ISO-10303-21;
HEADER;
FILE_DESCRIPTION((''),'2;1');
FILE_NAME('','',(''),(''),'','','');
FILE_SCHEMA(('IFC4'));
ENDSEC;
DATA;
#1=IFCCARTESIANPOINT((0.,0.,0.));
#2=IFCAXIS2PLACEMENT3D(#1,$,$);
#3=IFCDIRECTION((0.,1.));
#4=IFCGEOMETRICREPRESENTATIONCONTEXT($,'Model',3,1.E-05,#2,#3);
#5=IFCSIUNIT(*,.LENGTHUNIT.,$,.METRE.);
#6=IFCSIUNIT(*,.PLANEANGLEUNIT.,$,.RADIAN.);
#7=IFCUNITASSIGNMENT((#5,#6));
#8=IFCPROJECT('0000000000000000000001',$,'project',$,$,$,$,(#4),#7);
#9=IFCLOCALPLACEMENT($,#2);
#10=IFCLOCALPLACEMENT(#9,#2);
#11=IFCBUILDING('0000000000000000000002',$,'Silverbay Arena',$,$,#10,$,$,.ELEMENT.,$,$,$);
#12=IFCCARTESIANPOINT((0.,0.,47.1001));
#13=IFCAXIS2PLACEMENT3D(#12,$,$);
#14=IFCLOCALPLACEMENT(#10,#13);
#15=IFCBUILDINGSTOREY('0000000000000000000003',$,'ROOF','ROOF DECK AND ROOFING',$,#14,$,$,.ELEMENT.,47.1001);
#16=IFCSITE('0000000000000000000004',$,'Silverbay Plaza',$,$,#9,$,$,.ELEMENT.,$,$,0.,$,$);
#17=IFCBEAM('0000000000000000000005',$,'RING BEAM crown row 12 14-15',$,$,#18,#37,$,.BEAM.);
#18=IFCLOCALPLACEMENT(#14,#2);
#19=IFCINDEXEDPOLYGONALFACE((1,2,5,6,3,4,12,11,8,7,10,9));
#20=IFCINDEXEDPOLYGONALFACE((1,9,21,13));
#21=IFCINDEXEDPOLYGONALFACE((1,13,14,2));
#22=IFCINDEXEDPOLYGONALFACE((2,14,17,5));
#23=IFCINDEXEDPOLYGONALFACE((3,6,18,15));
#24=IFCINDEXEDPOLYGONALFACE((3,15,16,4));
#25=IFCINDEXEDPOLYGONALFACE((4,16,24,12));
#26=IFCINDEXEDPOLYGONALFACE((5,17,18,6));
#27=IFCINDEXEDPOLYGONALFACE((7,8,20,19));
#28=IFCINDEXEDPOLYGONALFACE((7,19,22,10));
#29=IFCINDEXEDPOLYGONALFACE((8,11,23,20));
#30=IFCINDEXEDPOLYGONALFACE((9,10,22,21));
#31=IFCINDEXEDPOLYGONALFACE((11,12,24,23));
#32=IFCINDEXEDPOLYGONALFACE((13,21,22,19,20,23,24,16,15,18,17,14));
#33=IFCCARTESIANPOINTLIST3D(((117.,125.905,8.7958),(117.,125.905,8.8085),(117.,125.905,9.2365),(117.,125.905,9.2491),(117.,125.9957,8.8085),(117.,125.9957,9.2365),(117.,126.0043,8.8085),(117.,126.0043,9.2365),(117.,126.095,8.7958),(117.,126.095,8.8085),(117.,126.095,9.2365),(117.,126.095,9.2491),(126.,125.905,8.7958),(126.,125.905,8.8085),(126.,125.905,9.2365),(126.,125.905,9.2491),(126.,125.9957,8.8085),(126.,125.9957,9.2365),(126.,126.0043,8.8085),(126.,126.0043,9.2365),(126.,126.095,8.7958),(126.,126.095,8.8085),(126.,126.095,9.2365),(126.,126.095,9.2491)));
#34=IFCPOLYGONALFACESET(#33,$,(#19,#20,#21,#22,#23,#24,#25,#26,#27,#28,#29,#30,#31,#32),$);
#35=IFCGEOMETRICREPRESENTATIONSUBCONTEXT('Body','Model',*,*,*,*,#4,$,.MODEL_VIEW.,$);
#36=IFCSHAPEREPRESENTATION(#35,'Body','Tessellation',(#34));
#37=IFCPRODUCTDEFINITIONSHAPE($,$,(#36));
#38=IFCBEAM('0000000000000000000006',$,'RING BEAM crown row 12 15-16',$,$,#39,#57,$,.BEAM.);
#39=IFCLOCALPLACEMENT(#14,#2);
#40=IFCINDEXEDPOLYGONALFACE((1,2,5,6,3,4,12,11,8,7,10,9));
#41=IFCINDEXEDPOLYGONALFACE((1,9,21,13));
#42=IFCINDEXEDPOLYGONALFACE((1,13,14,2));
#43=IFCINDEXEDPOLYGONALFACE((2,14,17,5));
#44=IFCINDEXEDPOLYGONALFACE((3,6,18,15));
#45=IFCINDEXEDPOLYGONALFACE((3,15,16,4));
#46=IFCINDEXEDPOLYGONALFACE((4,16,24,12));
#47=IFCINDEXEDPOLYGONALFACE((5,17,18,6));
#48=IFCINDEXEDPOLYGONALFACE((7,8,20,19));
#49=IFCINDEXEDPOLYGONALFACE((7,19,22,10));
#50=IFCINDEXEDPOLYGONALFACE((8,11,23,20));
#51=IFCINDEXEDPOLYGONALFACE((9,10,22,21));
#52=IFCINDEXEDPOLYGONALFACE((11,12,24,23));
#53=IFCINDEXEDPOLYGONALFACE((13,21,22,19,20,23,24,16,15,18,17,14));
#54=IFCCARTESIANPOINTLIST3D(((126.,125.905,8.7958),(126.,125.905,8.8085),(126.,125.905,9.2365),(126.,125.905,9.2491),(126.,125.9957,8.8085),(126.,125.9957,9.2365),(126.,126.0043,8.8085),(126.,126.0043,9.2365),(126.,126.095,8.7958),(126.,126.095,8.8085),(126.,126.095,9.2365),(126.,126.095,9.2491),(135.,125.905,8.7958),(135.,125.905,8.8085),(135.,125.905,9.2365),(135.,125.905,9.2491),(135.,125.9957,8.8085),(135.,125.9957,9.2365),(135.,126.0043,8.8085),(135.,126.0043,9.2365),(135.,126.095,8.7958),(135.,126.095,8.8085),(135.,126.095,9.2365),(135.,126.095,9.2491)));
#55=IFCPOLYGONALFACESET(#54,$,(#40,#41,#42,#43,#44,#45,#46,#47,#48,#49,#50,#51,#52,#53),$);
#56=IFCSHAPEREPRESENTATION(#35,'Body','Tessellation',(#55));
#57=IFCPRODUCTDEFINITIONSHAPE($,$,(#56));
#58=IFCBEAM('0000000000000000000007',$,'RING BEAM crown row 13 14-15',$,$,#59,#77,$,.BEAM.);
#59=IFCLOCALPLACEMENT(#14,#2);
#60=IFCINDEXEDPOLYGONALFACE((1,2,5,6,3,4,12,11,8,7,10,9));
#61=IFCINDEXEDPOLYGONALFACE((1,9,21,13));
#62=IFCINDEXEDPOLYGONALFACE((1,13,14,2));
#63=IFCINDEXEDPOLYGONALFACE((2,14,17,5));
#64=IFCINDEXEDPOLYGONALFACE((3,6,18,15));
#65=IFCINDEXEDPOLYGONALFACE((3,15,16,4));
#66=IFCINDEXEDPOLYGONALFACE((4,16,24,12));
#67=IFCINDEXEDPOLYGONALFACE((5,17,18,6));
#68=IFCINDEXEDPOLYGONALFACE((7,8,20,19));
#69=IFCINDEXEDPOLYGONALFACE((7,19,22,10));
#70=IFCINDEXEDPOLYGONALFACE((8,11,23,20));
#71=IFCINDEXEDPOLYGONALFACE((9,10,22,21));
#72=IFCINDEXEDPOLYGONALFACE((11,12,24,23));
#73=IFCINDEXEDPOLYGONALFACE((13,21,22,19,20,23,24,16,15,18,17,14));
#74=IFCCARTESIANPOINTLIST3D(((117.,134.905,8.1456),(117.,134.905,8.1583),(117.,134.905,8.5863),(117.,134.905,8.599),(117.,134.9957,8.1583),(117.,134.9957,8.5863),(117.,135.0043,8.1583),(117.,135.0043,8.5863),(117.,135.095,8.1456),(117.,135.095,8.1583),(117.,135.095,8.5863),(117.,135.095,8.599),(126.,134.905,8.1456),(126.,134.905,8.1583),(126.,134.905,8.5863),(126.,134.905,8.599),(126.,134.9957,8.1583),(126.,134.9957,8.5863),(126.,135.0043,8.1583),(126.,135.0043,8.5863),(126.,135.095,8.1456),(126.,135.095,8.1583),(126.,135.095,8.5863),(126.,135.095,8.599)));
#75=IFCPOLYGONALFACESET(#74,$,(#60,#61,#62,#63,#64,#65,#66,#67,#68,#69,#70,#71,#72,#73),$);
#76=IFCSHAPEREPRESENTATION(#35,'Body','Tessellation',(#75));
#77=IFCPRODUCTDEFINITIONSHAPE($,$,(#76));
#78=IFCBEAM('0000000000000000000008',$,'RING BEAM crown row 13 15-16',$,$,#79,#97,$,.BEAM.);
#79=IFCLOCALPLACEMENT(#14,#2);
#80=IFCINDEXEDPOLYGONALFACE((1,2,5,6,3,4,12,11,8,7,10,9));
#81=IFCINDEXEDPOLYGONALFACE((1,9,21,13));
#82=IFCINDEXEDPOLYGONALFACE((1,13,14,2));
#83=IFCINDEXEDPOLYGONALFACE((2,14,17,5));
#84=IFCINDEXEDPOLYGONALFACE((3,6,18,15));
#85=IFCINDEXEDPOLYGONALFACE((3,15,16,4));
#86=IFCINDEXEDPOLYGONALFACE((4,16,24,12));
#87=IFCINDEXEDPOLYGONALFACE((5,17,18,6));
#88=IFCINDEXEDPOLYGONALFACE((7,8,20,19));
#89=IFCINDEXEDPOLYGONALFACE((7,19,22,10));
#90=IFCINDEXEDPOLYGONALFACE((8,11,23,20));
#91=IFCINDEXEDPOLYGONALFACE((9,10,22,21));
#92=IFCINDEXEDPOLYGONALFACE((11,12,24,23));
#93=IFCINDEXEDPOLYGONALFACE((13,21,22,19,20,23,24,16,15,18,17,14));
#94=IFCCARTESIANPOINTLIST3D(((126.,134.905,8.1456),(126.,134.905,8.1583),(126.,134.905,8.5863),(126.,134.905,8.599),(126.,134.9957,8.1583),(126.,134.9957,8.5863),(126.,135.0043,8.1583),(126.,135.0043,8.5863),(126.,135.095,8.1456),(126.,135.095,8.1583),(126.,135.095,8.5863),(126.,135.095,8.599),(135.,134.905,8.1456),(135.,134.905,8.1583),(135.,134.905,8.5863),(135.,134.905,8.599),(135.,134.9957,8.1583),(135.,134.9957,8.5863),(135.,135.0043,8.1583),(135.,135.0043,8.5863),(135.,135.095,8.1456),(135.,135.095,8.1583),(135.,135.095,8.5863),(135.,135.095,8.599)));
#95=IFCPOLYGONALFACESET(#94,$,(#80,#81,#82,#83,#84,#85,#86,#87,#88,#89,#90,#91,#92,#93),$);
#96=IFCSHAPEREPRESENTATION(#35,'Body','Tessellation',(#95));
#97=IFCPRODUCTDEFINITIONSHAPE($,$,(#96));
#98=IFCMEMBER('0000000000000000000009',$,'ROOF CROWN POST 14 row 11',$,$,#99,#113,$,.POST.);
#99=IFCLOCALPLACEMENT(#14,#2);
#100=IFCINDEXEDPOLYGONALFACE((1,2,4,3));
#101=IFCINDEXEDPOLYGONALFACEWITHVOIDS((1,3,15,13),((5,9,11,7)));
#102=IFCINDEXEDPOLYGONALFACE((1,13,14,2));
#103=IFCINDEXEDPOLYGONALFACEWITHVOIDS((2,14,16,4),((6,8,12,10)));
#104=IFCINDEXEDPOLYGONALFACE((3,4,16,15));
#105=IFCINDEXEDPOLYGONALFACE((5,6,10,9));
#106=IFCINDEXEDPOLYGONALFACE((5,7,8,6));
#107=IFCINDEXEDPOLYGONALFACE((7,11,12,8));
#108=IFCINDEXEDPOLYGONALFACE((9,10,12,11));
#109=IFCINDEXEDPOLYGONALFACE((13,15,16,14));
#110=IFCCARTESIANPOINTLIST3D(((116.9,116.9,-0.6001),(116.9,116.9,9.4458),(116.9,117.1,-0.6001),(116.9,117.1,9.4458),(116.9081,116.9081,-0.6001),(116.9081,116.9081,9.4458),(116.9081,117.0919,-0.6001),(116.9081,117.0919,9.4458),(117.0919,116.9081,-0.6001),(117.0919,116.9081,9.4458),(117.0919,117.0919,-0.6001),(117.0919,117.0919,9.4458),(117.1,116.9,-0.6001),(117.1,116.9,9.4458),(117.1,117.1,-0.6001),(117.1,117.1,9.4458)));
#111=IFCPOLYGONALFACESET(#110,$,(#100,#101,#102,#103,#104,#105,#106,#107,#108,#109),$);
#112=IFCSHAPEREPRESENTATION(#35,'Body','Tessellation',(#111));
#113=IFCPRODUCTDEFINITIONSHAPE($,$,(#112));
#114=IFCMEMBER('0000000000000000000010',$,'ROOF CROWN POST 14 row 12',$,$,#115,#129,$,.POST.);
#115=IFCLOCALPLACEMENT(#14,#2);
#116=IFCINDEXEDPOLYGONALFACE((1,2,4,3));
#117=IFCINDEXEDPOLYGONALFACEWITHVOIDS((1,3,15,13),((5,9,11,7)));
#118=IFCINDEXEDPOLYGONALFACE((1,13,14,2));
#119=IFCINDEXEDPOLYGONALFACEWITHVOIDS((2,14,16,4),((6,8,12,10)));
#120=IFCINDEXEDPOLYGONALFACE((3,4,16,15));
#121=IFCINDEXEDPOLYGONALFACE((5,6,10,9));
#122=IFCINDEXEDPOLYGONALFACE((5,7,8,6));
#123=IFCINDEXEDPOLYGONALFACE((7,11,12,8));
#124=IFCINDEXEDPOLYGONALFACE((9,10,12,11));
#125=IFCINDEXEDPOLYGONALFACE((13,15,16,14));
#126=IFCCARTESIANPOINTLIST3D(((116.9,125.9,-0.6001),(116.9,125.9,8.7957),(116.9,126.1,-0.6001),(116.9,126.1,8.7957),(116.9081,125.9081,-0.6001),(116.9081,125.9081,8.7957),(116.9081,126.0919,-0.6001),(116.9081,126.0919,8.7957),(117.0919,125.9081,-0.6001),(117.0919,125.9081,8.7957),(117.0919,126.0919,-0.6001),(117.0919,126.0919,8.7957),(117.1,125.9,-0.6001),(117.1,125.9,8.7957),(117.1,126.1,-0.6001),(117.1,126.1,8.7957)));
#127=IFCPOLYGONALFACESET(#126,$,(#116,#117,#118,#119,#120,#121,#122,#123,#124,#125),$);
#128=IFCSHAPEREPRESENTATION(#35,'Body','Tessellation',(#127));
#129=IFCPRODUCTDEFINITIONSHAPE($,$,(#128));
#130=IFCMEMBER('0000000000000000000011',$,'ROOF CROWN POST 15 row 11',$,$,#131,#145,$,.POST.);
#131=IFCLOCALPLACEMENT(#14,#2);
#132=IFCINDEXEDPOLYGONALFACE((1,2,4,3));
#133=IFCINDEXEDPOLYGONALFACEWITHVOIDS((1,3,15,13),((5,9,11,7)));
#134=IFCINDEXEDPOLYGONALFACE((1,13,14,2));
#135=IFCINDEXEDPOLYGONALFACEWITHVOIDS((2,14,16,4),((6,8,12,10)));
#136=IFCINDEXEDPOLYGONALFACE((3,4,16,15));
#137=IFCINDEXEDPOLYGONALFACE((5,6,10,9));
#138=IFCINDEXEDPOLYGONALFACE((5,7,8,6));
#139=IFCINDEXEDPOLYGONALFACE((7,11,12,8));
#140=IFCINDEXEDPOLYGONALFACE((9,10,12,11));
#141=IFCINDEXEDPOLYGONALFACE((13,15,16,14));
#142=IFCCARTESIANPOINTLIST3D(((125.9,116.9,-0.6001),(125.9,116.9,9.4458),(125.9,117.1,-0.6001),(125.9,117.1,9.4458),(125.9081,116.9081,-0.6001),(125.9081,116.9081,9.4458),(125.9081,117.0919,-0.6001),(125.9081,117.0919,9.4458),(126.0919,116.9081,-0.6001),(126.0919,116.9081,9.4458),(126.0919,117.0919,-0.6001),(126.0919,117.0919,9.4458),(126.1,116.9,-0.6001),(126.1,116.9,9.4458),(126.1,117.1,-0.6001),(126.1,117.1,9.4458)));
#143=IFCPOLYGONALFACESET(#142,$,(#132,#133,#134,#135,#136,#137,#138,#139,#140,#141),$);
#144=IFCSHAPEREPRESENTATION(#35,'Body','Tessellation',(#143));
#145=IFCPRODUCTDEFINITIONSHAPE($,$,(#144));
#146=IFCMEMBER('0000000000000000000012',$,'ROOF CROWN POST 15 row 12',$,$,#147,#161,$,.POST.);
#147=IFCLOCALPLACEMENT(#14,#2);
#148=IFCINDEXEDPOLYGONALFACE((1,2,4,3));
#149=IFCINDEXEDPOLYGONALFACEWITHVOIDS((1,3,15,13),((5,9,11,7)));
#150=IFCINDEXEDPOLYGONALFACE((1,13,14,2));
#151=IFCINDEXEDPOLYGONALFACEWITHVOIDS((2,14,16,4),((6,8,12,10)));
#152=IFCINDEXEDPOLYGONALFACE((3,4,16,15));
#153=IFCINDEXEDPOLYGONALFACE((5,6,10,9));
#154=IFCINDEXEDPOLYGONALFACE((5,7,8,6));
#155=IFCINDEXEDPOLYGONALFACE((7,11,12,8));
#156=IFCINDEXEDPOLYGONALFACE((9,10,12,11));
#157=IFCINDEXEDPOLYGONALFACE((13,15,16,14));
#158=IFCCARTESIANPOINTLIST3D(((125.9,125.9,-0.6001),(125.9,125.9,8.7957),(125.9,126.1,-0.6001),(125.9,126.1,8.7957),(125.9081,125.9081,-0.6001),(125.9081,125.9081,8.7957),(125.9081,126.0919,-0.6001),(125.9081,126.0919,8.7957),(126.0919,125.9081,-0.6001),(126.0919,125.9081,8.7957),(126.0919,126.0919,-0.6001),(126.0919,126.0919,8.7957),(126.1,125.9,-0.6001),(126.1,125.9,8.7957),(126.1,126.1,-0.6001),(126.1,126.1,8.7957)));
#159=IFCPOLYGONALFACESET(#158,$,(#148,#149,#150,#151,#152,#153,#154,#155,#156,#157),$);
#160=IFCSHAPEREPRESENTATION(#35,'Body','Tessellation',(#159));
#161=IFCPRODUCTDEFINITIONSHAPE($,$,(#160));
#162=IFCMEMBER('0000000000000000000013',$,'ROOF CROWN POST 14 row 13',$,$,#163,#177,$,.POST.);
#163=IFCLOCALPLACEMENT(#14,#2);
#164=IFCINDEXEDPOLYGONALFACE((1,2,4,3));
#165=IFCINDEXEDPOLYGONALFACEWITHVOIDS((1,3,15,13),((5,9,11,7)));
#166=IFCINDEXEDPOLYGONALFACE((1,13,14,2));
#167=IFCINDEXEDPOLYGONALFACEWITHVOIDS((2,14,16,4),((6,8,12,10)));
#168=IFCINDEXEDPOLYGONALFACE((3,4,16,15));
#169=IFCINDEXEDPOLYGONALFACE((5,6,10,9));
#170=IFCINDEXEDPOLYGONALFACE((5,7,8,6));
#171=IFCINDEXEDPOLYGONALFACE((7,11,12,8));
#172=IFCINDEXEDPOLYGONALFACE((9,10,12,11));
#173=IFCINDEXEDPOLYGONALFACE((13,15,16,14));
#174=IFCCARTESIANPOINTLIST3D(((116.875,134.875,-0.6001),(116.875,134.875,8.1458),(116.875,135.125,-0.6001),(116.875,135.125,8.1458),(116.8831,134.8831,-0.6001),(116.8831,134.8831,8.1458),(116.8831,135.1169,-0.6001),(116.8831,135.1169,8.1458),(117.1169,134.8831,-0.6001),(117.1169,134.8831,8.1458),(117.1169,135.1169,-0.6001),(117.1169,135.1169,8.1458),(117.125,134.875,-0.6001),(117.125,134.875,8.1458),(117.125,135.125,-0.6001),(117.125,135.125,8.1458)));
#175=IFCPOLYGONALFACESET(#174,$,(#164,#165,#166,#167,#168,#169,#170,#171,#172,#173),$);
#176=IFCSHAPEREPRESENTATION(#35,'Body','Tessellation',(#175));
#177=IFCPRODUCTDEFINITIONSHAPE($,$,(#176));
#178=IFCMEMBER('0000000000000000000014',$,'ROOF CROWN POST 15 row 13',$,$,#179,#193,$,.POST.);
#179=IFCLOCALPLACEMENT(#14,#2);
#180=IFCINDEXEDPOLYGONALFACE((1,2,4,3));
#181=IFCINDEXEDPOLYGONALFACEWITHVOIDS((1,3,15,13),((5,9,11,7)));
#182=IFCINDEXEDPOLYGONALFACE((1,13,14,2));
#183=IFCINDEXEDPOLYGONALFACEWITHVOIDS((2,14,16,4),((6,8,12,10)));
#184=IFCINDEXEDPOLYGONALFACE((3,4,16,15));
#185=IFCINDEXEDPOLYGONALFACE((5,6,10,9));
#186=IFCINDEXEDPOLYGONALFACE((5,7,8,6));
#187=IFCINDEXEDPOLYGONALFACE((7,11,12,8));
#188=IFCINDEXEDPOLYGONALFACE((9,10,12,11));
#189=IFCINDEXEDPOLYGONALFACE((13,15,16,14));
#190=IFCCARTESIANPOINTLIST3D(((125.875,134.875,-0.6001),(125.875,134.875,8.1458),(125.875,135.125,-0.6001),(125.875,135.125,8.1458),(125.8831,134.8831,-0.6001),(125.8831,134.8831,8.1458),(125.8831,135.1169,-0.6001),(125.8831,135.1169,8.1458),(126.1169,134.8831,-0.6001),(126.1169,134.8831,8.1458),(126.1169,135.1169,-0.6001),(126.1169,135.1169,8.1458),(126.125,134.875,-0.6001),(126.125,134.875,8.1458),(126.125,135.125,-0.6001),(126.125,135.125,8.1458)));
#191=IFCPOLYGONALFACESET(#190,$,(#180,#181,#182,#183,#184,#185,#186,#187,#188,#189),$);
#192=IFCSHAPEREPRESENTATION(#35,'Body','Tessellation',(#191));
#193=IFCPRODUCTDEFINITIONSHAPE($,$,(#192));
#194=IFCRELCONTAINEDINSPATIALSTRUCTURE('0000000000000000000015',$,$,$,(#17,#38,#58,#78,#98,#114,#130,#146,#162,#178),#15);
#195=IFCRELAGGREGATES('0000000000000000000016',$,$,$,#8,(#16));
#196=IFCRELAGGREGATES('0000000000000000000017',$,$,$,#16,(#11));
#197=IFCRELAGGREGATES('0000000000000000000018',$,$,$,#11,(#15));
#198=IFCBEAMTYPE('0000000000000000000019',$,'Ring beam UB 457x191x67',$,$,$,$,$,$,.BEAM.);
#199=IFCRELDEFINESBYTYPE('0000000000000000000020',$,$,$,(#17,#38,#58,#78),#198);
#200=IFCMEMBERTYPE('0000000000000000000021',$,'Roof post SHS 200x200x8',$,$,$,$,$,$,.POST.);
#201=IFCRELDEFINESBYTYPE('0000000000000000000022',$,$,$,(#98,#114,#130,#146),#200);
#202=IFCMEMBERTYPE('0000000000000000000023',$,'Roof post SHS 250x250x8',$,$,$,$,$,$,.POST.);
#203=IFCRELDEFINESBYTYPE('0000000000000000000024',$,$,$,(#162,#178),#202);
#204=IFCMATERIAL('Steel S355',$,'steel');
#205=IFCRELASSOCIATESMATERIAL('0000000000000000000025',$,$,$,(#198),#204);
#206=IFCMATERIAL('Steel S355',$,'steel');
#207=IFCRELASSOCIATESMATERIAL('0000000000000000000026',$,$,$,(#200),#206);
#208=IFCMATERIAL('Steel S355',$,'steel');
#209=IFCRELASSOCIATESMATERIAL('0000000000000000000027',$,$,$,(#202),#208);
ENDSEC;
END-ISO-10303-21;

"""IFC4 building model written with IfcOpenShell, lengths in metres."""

from ifc_helpers import new_model, si_unit, direction, frame, origin, origin_2d, place, context, subcontext, project, spatial, hollow_rectangle, i_section, extrude, material, material_profile, profile_set, type_object, element, save


model = new_model("IFC4")

# Units and contexts
model_context = context("Model", 3, precision=1e-05, world=origin(), true_north=direction((0.0, 1.0)))
body_context = subcontext(model_context, "Body", "Model", "MODEL_VIEW")
ifc_project = project(units=[si_unit("LENGTHUNIT", "METRE"), si_unit("PLANEANGLEUNIT", "RADIAN")], contexts=[model_context])

# Site, building, storey
site_placement = place(None, origin())
site = spatial("IfcSite", under=ifc_project, at=site_placement, Name="Silverbay Plaza", CompositionType="ELEMENT", RefElevation=0.0)
building_placement = place(site_placement, origin())
building = spatial("IfcBuilding", under=site, at=building_placement, Name="Silverbay Arena", CompositionType="ELEMENT")
storey_placement = place(building_placement, frame((0.0, 0.0, 47.1001)))
storey = spatial("IfcBuildingStorey", under=building, at=storey_placement, Name="ROOF", Description="ROOF DECK AND ROOFING", CompositionType="ELEMENT", Elevation=47.1001)

# Beams
ifc_material_1 = material(Name="Steel S355", Category="steel")
ifc_material_profile_1 = material_profile(ifc_material_1, i_section(OverallWidth=0.1899, OverallDepth=0.4534, WebThickness=0.0085, FlangeThickness=0.0127, at=origin_2d()), Name="UB 457x191x67")
ifc_profile_set_1 = profile_set([ifc_material_profile_1], Name="Steel S355")
beam_type = type_object("IfcBeamType", Name="Ring beam UB 457x191x67", PredefinedType="BEAM", material=ifc_profile_set_1)
for number, where, z_axis, x_axis, name in (
    (1, (117.0, 126.0, 9.0225), (1.0, 0.0, 0.0), (0.0, 1.0, 0.0), "RING BEAM crown row 12 14-15"),
    (2, (126.0, 126.0, 9.0225), (1.0, 0.0, 0.0), (0.0, 1.0, 0.0), "RING BEAM crown row 12 15-16"),
    (3, (117.0, 135.0, 8.3723), (1.0, 0.0, 0.0), (0.0, 1.0, 0.0), "RING BEAM crown row 13 14-15"),
    (4, (126.0, 135.0, 8.3723), (1.0, 0.0, 0.0), (0.0, 1.0, 0.0), "RING BEAM crown row 13 15-16"),
):
    element("IfcBeam", number, at=place(storey_placement, frame(where, z_axis=z_axis, x_axis=x_axis)), inside=storey, type_object=beam_type, Name=name, PredefinedType="BEAM", context=body_context, shape_type="SweptSolid", body=[
        extrude(i_section(OverallWidth=0.1899, OverallDepth=0.4534, WebThickness=0.0085, FlangeThickness=0.0127, at=origin_2d()), origin(), (0.0, 0.0, 1.0), 9.0),
    ])

# Members
ifc_material_2 = material(Name="Steel S355", Category="steel")
ifc_material_profile_2 = material_profile(ifc_material_2, hollow_rectangle(XDim=0.2, YDim=0.2, WallThickness=0.0081, at=origin_2d()), Name="SHS 200x200x8")
ifc_profile_set_2 = profile_set([ifc_material_profile_2], Name="Steel S355")
member_type_1 = type_object("IfcMemberType", Name="Roof post SHS 200x200x8", PredefinedType="POST", material=ifc_profile_set_2)
member_1_placement = place(storey_placement, frame((117.0, 117.0, -0.6001), z_axis=(0.0, 0.0, 1.0), x_axis=(1.0, 0.0, 0.0)))
element("IfcMember", 5, at=member_1_placement, inside=storey, type_object=member_type_1, Name="ROOF CROWN POST 14 row 11", PredefinedType="POST", context=body_context, shape_type="SweptSolid", body=[
    extrude(hollow_rectangle(XDim=0.2, YDim=0.2, WallThickness=0.0081, at=origin_2d()), origin(), (0.0, 0.0, 1.0), 10.0459),
])
member_2_placement = place(storey_placement, frame((117.0, 126.0, -0.6001), z_axis=(0.0, 0.0, 1.0), x_axis=(1.0, 0.0, 0.0)))
element("IfcMember", 6, at=member_2_placement, inside=storey, type_object=member_type_1, Name="ROOF CROWN POST 14 row 12", PredefinedType="POST", context=body_context, shape_type="SweptSolid", body=[
    extrude(hollow_rectangle(XDim=0.2, YDim=0.2, WallThickness=0.0081, at=origin_2d()), origin(), (0.0, 0.0, 1.0), 9.3958),
])
member_3_placement = place(storey_placement, frame((126.0, 117.0, -0.6001), z_axis=(0.0, 0.0, 1.0), x_axis=(1.0, 0.0, 0.0)))
element("IfcMember", 7, at=member_3_placement, inside=storey, type_object=member_type_1, Name="ROOF CROWN POST 15 row 11", PredefinedType="POST", context=body_context, shape_type="SweptSolid", body=[
    extrude(hollow_rectangle(XDim=0.2, YDim=0.2, WallThickness=0.0081, at=origin_2d()), origin(), (0.0, 0.0, 1.0), 10.0459),
])
member_4_placement = place(storey_placement, frame((126.0, 126.0, -0.6001), z_axis=(0.0, 0.0, 1.0), x_axis=(1.0, 0.0, 0.0)))
element("IfcMember", 8, at=member_4_placement, inside=storey, type_object=member_type_1, Name="ROOF CROWN POST 15 row 12", PredefinedType="POST", context=body_context, shape_type="SweptSolid", body=[
    extrude(hollow_rectangle(XDim=0.2, YDim=0.2, WallThickness=0.0081, at=origin_2d()), origin(), (0.0, 0.0, 1.0), 9.3958),
])
ifc_material_3 = material(Name="Steel S355", Category="steel")
ifc_material_profile_3 = material_profile(ifc_material_3, hollow_rectangle(XDim=0.25, YDim=0.25, WallThickness=0.0081, at=origin_2d()), Name="SHS 250x250x8")
ifc_profile_set_3 = profile_set([ifc_material_profile_3], Name="Steel S355")
member_type_2 = type_object("IfcMemberType", Name="Roof post SHS 250x250x8", PredefinedType="POST", material=ifc_profile_set_3)
for number, where, z_axis, x_axis, name in (
    (9, (117.0, 135.0, -0.6001), (0.0, 0.0, 1.0), (1.0, 0.0, 0.0), "ROOF CROWN POST 14 row 13"),
    (10, (126.0, 135.0, -0.6001), (0.0, 0.0, 1.0), (1.0, 0.0, 0.0), "ROOF CROWN POST 15 row 13"),
):
    element("IfcMember", number, at=place(storey_placement, frame(where, z_axis=z_axis, x_axis=x_axis)), inside=storey, type_object=member_type_2, Name=name, PredefinedType="POST", context=body_context, shape_type="SweptSolid", body=[
        extrude(hollow_rectangle(XDim=0.25, YDim=0.25, WallThickness=0.0081, at=origin_2d()), origin(), (0.0, 0.0, 1.0), 8.7458),
    ])

save(model, "model.ifc")
